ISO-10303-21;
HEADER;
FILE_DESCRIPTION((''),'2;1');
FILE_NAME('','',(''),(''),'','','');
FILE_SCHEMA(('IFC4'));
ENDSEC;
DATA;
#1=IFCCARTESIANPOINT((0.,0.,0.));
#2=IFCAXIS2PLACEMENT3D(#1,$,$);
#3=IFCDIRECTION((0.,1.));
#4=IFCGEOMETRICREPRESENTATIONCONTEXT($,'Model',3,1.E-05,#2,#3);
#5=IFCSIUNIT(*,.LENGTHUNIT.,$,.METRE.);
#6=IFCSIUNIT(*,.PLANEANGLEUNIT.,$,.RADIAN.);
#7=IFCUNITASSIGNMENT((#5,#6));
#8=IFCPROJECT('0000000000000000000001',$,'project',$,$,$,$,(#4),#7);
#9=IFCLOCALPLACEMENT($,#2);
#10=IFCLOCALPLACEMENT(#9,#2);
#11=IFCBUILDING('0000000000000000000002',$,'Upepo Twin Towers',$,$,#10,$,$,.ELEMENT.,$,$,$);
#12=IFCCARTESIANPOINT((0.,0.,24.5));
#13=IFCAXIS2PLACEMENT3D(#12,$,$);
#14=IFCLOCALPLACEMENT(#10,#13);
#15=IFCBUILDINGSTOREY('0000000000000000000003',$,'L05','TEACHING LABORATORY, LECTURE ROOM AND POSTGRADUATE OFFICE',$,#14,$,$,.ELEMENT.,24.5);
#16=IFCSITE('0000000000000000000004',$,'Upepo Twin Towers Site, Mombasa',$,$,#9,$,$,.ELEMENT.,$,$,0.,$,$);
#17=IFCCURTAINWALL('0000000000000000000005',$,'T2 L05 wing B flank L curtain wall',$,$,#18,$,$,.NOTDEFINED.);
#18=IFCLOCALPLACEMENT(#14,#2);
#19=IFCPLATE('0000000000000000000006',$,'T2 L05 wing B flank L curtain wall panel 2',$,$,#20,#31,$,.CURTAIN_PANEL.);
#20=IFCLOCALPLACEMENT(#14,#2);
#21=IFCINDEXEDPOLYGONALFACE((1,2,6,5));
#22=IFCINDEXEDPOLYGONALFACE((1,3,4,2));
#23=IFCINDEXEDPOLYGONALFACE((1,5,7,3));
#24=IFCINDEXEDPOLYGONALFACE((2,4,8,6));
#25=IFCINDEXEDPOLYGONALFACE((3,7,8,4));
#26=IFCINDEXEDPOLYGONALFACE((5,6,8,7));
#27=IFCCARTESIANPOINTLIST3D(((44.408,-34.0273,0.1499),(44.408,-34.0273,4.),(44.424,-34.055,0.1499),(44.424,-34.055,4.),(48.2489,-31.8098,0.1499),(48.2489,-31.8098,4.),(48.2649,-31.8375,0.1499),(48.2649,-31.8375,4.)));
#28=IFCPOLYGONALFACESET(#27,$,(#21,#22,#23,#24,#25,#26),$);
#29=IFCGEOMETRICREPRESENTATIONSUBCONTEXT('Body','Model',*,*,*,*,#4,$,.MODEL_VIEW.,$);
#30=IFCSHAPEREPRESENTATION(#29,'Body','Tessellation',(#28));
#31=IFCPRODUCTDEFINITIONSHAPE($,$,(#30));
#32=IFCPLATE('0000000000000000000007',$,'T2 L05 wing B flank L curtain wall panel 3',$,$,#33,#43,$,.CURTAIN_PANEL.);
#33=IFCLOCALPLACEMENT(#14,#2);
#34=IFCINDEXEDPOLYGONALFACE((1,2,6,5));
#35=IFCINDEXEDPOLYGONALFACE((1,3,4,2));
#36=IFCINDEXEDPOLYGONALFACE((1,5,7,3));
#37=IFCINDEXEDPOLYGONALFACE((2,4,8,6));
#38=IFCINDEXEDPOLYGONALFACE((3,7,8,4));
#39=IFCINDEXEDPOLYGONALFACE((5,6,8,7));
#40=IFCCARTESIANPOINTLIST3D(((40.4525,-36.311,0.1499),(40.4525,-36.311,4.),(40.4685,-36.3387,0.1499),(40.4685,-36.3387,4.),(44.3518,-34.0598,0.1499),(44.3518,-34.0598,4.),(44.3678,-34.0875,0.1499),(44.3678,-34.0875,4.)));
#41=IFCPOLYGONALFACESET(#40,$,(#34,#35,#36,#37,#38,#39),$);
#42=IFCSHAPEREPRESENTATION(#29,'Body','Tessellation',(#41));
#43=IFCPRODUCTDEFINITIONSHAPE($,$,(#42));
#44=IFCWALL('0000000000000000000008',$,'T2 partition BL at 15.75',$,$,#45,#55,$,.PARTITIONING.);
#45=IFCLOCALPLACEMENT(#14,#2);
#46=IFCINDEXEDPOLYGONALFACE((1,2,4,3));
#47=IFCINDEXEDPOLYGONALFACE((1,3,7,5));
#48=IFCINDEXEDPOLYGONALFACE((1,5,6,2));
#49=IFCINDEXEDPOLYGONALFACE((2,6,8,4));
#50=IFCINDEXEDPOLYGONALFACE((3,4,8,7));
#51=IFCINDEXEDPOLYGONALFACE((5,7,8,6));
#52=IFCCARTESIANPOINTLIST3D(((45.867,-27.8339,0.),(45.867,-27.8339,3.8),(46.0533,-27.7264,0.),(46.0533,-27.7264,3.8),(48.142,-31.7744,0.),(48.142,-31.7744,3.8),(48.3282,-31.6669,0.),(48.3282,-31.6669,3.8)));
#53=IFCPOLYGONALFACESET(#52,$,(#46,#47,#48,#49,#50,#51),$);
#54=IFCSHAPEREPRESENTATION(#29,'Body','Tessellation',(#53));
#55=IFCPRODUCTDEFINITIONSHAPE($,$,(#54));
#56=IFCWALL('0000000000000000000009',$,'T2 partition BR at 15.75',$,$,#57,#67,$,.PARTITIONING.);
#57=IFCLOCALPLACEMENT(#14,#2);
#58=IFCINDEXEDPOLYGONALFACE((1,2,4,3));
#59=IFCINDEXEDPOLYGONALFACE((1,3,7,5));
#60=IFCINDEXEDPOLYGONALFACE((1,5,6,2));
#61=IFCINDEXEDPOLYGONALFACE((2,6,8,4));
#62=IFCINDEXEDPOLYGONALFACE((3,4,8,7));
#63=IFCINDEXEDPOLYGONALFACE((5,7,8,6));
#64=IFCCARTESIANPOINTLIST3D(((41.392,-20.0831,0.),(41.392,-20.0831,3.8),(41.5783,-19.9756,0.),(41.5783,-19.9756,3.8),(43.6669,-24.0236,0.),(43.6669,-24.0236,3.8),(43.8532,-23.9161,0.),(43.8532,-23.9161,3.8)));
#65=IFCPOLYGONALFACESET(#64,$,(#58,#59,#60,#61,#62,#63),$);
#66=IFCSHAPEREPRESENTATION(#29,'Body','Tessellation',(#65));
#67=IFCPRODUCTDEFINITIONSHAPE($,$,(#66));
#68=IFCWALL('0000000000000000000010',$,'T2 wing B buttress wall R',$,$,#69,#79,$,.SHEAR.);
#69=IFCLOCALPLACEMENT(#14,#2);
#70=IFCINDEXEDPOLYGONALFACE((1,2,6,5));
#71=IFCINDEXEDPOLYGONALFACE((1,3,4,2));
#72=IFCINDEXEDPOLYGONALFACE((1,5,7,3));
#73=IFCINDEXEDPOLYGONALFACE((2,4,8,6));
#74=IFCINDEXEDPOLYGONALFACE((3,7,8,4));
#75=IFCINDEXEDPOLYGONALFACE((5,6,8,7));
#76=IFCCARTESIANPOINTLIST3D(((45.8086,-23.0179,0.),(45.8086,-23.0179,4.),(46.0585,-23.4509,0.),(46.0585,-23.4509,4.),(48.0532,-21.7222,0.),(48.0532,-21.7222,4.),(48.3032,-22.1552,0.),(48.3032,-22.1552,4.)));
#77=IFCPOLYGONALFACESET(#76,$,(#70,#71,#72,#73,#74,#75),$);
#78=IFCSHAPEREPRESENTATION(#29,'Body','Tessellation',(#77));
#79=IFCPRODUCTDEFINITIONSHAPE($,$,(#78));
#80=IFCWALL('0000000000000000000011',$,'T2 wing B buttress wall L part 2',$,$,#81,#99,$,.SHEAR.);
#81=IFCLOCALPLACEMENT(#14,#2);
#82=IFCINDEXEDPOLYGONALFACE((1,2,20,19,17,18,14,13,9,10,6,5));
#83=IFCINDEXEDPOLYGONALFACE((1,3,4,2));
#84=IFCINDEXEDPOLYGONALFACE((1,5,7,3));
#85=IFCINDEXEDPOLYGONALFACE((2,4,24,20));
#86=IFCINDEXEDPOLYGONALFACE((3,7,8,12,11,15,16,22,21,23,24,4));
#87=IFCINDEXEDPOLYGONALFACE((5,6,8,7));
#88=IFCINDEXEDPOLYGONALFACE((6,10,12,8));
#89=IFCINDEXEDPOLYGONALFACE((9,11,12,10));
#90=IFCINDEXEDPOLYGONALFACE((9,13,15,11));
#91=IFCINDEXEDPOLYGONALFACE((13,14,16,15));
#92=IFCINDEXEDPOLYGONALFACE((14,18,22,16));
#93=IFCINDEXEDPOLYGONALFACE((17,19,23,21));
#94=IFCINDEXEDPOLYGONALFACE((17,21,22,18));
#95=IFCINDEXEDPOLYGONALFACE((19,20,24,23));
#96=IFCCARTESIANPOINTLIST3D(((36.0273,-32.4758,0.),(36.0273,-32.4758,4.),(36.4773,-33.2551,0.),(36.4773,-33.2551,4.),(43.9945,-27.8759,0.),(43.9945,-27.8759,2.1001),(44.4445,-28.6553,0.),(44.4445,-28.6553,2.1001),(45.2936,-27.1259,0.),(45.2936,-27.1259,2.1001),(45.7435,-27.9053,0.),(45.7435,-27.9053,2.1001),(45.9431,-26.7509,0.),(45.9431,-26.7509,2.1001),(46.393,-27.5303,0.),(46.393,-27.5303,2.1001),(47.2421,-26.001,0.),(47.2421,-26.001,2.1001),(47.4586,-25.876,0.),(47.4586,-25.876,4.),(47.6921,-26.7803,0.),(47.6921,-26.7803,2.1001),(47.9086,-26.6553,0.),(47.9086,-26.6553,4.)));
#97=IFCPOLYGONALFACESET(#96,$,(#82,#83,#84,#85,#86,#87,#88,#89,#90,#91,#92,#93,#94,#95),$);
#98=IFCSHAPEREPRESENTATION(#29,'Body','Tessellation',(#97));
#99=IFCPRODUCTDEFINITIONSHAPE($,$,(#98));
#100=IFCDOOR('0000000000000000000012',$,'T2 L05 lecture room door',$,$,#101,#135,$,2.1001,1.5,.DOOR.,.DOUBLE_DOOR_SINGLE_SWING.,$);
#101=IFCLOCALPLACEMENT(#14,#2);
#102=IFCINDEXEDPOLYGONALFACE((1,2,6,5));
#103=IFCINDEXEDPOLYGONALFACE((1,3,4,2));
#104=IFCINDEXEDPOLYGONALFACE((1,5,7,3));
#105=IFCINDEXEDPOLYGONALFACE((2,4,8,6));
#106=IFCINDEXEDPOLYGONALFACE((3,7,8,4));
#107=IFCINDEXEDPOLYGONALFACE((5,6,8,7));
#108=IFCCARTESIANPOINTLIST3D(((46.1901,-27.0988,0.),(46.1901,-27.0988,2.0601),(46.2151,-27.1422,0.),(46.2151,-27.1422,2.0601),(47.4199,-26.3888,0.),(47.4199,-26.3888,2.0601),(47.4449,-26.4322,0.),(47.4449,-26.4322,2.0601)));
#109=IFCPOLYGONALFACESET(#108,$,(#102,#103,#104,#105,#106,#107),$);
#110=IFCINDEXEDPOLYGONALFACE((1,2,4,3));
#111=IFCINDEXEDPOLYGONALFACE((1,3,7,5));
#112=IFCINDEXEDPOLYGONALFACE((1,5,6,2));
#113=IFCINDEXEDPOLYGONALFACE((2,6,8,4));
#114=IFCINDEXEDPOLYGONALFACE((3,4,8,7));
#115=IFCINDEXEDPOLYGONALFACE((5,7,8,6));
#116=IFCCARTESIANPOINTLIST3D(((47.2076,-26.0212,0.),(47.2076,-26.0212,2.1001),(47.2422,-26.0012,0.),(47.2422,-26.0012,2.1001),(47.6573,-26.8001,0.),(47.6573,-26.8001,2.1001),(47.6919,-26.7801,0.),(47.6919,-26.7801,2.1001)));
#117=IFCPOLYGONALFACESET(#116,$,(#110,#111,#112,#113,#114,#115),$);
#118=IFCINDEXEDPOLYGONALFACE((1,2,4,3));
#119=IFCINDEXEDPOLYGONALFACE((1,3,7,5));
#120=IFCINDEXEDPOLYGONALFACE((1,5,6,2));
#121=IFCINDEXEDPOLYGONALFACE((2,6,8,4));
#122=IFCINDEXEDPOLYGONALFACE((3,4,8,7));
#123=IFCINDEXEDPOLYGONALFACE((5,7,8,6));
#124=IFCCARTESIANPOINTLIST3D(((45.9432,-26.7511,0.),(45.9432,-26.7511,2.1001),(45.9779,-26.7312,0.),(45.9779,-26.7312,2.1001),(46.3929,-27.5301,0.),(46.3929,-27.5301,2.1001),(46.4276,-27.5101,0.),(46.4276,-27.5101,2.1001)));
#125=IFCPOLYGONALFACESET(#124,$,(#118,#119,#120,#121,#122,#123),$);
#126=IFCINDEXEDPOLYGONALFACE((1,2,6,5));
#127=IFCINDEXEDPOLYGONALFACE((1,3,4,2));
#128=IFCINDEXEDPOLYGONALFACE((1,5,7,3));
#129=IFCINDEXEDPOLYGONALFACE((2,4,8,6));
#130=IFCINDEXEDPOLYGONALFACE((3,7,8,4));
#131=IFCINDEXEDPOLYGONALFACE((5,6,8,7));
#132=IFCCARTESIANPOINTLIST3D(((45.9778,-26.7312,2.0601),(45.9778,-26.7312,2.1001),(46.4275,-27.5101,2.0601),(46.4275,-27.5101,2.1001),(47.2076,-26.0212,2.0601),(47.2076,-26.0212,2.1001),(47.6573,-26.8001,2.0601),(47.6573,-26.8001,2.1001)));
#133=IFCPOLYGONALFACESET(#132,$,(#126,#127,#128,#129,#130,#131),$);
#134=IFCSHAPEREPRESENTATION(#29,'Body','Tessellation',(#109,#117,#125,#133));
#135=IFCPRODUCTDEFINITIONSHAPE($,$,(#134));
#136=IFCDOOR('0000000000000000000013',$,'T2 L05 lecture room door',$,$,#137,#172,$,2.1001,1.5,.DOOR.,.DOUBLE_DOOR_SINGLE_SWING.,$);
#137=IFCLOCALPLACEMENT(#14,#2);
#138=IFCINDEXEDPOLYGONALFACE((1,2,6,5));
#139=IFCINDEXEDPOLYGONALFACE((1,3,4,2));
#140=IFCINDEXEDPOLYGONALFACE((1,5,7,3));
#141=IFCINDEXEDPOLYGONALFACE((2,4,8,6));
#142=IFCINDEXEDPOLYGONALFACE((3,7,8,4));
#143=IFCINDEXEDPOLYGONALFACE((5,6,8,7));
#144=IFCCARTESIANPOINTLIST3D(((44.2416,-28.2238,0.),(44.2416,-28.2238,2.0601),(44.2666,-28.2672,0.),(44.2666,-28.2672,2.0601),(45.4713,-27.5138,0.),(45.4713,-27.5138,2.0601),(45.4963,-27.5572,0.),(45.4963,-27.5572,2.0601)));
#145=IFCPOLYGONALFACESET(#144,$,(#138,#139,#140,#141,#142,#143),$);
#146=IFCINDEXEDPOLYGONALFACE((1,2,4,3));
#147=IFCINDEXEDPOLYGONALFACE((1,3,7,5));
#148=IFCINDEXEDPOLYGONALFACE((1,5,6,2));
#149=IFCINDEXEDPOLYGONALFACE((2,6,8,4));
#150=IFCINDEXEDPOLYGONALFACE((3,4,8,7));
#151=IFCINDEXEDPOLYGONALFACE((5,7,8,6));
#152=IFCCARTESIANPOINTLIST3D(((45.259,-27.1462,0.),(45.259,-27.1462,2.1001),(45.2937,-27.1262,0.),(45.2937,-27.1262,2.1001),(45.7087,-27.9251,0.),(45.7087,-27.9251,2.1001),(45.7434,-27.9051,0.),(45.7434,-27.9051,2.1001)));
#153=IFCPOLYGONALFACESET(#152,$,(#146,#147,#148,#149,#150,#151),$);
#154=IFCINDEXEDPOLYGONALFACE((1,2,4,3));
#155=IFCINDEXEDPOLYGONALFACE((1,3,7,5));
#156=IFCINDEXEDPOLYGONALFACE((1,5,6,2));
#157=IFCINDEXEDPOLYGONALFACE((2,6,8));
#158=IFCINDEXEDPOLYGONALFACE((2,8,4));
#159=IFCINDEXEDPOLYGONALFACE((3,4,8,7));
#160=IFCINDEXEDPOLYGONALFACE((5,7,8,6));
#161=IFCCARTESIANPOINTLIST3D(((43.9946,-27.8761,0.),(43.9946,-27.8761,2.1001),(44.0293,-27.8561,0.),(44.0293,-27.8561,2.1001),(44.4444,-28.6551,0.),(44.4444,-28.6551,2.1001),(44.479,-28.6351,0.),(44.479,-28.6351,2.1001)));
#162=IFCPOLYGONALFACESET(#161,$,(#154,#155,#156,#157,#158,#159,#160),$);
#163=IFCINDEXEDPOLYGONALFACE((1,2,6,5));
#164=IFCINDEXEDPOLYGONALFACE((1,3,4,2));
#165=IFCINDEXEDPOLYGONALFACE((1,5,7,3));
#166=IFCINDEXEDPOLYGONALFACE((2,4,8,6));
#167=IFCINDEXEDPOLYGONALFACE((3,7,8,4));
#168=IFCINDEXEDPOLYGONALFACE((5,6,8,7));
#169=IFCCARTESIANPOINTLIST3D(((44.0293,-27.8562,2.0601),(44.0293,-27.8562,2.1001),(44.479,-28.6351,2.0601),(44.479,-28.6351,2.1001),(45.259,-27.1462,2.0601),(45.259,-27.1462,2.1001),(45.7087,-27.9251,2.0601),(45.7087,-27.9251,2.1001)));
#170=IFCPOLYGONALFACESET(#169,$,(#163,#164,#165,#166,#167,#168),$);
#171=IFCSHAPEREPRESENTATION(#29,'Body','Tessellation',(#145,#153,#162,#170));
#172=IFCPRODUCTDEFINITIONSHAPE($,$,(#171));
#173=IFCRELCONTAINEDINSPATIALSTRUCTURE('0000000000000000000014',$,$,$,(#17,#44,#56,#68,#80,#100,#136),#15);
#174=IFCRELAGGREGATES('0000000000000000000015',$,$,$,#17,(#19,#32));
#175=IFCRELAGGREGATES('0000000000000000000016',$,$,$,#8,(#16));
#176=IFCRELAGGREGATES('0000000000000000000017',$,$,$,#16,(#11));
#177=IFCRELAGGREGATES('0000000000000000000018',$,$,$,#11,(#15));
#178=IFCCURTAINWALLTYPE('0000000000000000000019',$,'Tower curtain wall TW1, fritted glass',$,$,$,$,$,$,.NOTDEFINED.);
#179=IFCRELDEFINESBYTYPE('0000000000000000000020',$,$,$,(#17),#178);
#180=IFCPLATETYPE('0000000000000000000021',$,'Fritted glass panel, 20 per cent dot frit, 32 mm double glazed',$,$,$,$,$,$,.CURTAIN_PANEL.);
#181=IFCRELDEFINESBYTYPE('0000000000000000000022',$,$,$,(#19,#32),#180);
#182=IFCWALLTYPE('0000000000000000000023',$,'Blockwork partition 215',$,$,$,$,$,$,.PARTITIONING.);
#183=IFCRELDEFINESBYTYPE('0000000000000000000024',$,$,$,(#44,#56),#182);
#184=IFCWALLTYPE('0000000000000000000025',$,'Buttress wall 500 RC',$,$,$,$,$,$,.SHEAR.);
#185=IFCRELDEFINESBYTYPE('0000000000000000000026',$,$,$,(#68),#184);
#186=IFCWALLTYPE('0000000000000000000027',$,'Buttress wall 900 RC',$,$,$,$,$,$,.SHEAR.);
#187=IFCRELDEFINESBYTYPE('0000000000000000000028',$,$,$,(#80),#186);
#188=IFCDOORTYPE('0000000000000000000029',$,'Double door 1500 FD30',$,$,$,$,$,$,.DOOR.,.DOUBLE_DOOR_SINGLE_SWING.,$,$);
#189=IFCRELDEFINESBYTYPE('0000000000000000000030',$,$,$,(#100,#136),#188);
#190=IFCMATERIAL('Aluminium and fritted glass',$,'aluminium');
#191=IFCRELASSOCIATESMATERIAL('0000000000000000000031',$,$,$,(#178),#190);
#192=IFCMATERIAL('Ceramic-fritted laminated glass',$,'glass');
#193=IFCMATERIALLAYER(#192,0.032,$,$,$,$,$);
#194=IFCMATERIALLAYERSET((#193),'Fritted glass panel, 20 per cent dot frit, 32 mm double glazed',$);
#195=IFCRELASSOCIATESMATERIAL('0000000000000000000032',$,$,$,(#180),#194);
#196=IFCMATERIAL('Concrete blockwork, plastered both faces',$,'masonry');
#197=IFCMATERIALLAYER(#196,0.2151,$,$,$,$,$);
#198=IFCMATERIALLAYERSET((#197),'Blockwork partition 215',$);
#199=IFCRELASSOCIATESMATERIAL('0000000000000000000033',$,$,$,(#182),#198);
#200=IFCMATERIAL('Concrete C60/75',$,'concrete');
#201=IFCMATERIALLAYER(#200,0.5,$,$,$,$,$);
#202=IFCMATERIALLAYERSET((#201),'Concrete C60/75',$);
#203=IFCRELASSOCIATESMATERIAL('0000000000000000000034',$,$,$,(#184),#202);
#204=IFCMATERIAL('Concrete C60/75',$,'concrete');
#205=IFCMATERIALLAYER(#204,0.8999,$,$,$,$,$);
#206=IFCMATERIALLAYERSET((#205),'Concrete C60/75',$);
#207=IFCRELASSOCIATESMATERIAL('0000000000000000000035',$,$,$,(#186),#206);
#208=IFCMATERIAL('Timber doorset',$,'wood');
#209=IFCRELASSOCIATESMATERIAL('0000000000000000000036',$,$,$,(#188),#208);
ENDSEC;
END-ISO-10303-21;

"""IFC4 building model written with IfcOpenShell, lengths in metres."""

from ifc_helpers import new_model, si_unit, direction, frame, frame_2d, origin, origin_2d, place, context, subcontext, project, spatial, rectangle, extrude, material, layer, layer_set, type_object, element, fill, aggregate, save


model = new_model("IFC4")

# Units and contexts
model_context = context("Model", 3, precision=1e-05, world=origin(), true_north=direction((0.0, 1.0)))
body_context = subcontext(model_context, "Body", "Model", "MODEL_VIEW")
ifc_project = project(units=[si_unit("LENGTHUNIT", "METRE"), si_unit("PLANEANGLEUNIT", "RADIAN")], contexts=[model_context])

# Site, building, storey
site_placement = place(None, origin())
site = spatial("IfcSite", under=ifc_project, at=site_placement, Name="Upepo Twin Towers Site, Mombasa", CompositionType="ELEMENT", RefElevation=0.0)
building_placement = place(site_placement, origin())
building = spatial("IfcBuilding", under=site, at=building_placement, Name="Upepo Twin Towers", CompositionType="ELEMENT")
storey_placement = place(building_placement, frame((0.0, 0.0, 24.5)))
storey = spatial("IfcBuildingStorey", under=building, at=storey_placement, Name="L05", Description="TEACHING LABORATORY, LECTURE ROOM AND POSTGRADUATE OFFICE", CompositionType="ELEMENT", Elevation=24.5)

# Curtain wall, plates
ifc_material_1 = material(Name="Aluminium and fritted glass", Category="aluminium")
curtain_wall_type = type_object("IfcCurtainWallType", Name="Tower curtain wall TW1, fritted glass", PredefinedType="NOTDEFINED", material=ifc_material_1)
curtain_wall_placement = place(storey_placement, origin())
curtain_wall = element("IfcCurtainWall", 1, at=curtain_wall_placement, inside=storey, type_object=curtain_wall_type, Name="T2 L05 wing B flank L curtain wall", PredefinedType="NOTDEFINED")
ifc_material_2 = material(Name="Ceramic-fritted laminated glass", Category="glass")
ifc_layer_1 = layer(ifc_material_2, 0.032)
ifc_layer_set_1 = layer_set([ifc_layer_1], Name="Fritted glass panel, 20 per cent dot frit, 32 mm double glazed")
plate_type = type_object("IfcPlateType", Name="Fritted glass panel, 20 per cent dot frit, 32 mm double glazed", PredefinedType="CURTAIN_PANEL", material=ifc_layer_set_1)
plate_1_placement = place(storey_placement, frame((46.3364, -32.9324, 0.1499), z_axis=(0.0, 0.0, 1.0), x_axis=(-0.866025, -0.5, 0.0)))
plate_1 = element("IfcPlate", 2, at=plate_1_placement, type_object=plate_type, Name="T2 L05 wing B flank L curtain wall panel 2", PredefinedType="CURTAIN_PANEL", context=body_context, shape_type="SweptSolid", body=[
    extrude(rectangle(XDim=4.4351, YDim=0.032, at=origin_2d()), origin(), (0.0, 0.0, 1.0), 3.8501),
])
plate_2_placement = place(storey_placement, frame((42.4102, -35.1992, 0.1499), z_axis=(0.0, 0.0, 1.0), x_axis=(-0.866025, -0.5, 0.0)))
plate_2 = element("IfcPlate", 3, at=plate_2_placement, type_object=plate_type, Name="T2 L05 wing B flank L curtain wall panel 3", PredefinedType="CURTAIN_PANEL", context=body_context, shape_type="SweptSolid", body=[
    extrude(rectangle(XDim=4.5024, YDim=0.032, at=origin_2d()), origin(), (0.0, 0.0, 1.0), 3.8501),
])
aggregate(curtain_wall, [plate_1, plate_2])

# Walls
ifc_material_3 = material(Name="Concrete blockwork, plastered both faces", Category="masonry")
ifc_layer_2 = layer(ifc_material_3, 0.2151)
ifc_layer_set_2 = layer_set([ifc_layer_2], Name="Blockwork partition 215")
wall_type_1 = type_object("IfcWallType", Name="Blockwork partition 215", PredefinedType="PARTITIONING", material=ifc_layer_set_2)
for number, where, z_axis, x_axis, name in (
    (4, (45.9602, -27.7803, 0.0), (0.0, 0.0, 1.0), (0.499983, -0.866035, 0.0), "T2 partition BL at 15.75"),
    (5, (43.76, -23.9697, 0.0), (0.0, 0.0, 1.0), (-0.499983, 0.866035, 0.0), "T2 partition BR at 15.75"),
):
    element("IfcWall", number, at=place(storey_placement, frame(where, z_axis=z_axis, x_axis=x_axis)), inside=storey, type_object=wall_type_1, Name=name, PredefinedType="PARTITIONING", context=body_context, shape_type="SweptSolid", body=[
        extrude(rectangle(XDim=4.55, YDim=0.2151, at=frame_2d((2.2749, 0.0))), origin(), (0.0, 0.0, 1.0), 3.8),
    ])
ifc_material_4 = material(Name="Concrete C60/75", Category="concrete")
ifc_layer_3 = layer(ifc_material_4, 0.5)
ifc_layer_set_3 = layer_set([ifc_layer_3], Name="Concrete C60/75")
wall_type_2 = type_object("IfcWallType", Name="Buttress wall 500 RC", PredefinedType="SHEAR", material=ifc_layer_set_3)
wall_1_placement = place(storey_placement, frame((48.1782, -21.9387, 0.0), z_axis=(0.0, 0.0, 1.0), x_axis=(-0.866073, -0.499918, 0.0)))
element("IfcWall", 6, at=wall_1_placement, inside=storey, type_object=wall_type_2, Name="T2 wing B buttress wall R", PredefinedType="SHEAR", context=body_context, shape_type="SweptSolid", body=[
    extrude(rectangle(XDim=2.5918, YDim=0.5, at=frame_2d((1.2959, 0.0))), origin(), (0.0, 0.0, 1.0), 4.0),
])

# Wall, openings, doors
ifc_material_5 = material(Name="Concrete C60/75", Category="concrete")
ifc_layer_4 = layer(ifc_material_5, 0.8999)
ifc_layer_set_4 = layer_set([ifc_layer_4], Name="Concrete C60/75")
wall_type_3 = type_object("IfcWallType", Name="Buttress wall 900 RC", PredefinedType="SHEAR", material=ifc_layer_set_4)
wall_2_placement = place(storey_placement, frame((47.6836, -26.2656, 0.0), z_axis=(0.0, 0.0, 1.0), x_axis=(-0.866028, -0.499996, 0.0)))
wall_2 = element("IfcWall", 7, at=wall_2_placement, inside=storey, type_object=wall_type_3, Name="T2 wing B buttress wall L part 2", PredefinedType="SHEAR", context=body_context, shape_type="SweptSolid", body=[
    extrude(rectangle(XDim=13.1997, YDim=0.8999, at=frame_2d((6.5999, 0.0))), origin(), (0.0, 0.0, 1.0), 4.0),
])
opening_1_placement = place(wall_2_placement, frame((0.25, 0.0, 0.0)))
opening_1 = element("IfcOpeningElement", 8, at=opening_1_placement, cuts=wall_2, PredefinedType="OPENING", context=body_context, shape_type="SweptSolid", body=[
    extrude(rectangle(XDim=1.5, YDim=2.1001, at=frame_2d((0.75, 1.05))), frame((0.0, 0.46, 0.0), z_axis=(0.0, -1.0, 0.0), x_axis=(1.0, 0.0, 0.0)), (0.0, 0.0, 1.0), 0.9199),
])
opening_2_placement = place(wall_2_placement, frame((2.5, 0.0, 0.0)))
opening_2 = element("IfcOpeningElement", 9, at=opening_2_placement, cuts=wall_2, PredefinedType="OPENING", context=body_context, shape_type="SweptSolid", body=[
    extrude(rectangle(XDim=1.5, YDim=2.1001, at=frame_2d((0.75, 1.05))), frame((0.0, 0.46, 0.0), z_axis=(0.0, -1.0, 0.0), x_axis=(1.0, 0.0, 0.0)), (0.0, 0.0, 1.0), 0.9199),
])
ifc_material_6 = material(Name="Timber doorset", Category="wood")
door_type_1 = type_object("IfcDoorType", Name="Double door 1500 FD30", OperationType="DOUBLE_DOOR_SINGLE_SWING", PredefinedType="DOOR", material=ifc_material_6)
door_1_placement = place(opening_1_placement, origin())
door_1 = element("IfcDoor", 10, at=door_1_placement, inside=storey, type_object=door_type_1, Name="T2 L05 lecture room door", OperationType="DOUBLE_DOOR_SINGLE_SWING", OverallHeight=2.1001, OverallWidth=1.5, PredefinedType="DOOR", context=body_context, shape_type="SweptSolid", body=[
    extrude(rectangle(XDim=1.42, YDim=2.0601, at=frame_2d((0.75, 1.03))), frame((0.0, 0.0249, 0.0), z_axis=(0.0, -1.0, 0.0), x_axis=(1.0, 0.0, 0.0)), (0.0, 0.0, 1.0), 0.05),
    extrude(rectangle(XDim=0.04, YDim=2.1001, at=frame_2d((0.02, 1.05))), frame((0.0, 0.4497, 0.0), z_axis=(0.0, -1.0, 0.0), x_axis=(1.0, 0.0, 0.0)), (0.0, 0.0, 1.0), 0.8994),
    extrude(rectangle(XDim=0.04, YDim=2.1001, at=frame_2d((1.48, 1.05))), frame((0.0, 0.4497, 0.0), z_axis=(0.0, -1.0, 0.0), x_axis=(1.0, 0.0, 0.0)), (0.0, 0.0, 1.0), 0.8994),
    extrude(rectangle(XDim=1.42, YDim=0.04, at=frame_2d((0.75, 2.0801))), frame((0.0, 0.4497, 0.0), z_axis=(0.0, -1.0, 0.0), x_axis=(1.0, 0.0, 0.0)), (0.0, 0.0, 1.0), 0.8994),
])
fill(opening_1, door_1)
door_2_placement = place(opening_2_placement, origin())
door_2 = element("IfcDoor", 11, at=door_2_placement, inside=storey, type_object=door_type_1, Name="T2 L05 lecture room door", OperationType="DOUBLE_DOOR_SINGLE_SWING", OverallHeight=2.1001, OverallWidth=1.5, PredefinedType="DOOR", context=body_context, shape_type="SweptSolid", body=[
    extrude(rectangle(XDim=1.42, YDim=2.0601, at=frame_2d((0.75, 1.03))), frame((0.0, 0.0249, 0.0), z_axis=(0.0, -1.0, 0.0), x_axis=(1.0, 0.0, 0.0)), (0.0, 0.0, 1.0), 0.05),
    extrude(rectangle(XDim=0.04, YDim=2.1001, at=frame_2d((0.02, 1.05))), frame((0.0, 0.4497, 0.0), z_axis=(0.0, -1.0, 0.0), x_axis=(1.0, 0.0, 0.0)), (0.0, 0.0, 1.0), 0.8994),
    extrude(rectangle(XDim=0.04, YDim=2.1001, at=frame_2d((1.48, 1.05))), frame((0.0, 0.4497, 0.0), z_axis=(0.0, -1.0, 0.0), x_axis=(1.0, 0.0, 0.0)), (0.0, 0.0, 1.0), 0.8994),
    extrude(rectangle(XDim=1.42, YDim=0.04, at=frame_2d((0.75, 2.0801))), frame((0.0, 0.4497, 0.0), z_axis=(0.0, -1.0, 0.0), x_axis=(1.0, 0.0, 0.0)), (0.0, 0.0, 1.0), 0.8994),
])
fill(opening_2, door_2)

save(model, "model.ifc")
